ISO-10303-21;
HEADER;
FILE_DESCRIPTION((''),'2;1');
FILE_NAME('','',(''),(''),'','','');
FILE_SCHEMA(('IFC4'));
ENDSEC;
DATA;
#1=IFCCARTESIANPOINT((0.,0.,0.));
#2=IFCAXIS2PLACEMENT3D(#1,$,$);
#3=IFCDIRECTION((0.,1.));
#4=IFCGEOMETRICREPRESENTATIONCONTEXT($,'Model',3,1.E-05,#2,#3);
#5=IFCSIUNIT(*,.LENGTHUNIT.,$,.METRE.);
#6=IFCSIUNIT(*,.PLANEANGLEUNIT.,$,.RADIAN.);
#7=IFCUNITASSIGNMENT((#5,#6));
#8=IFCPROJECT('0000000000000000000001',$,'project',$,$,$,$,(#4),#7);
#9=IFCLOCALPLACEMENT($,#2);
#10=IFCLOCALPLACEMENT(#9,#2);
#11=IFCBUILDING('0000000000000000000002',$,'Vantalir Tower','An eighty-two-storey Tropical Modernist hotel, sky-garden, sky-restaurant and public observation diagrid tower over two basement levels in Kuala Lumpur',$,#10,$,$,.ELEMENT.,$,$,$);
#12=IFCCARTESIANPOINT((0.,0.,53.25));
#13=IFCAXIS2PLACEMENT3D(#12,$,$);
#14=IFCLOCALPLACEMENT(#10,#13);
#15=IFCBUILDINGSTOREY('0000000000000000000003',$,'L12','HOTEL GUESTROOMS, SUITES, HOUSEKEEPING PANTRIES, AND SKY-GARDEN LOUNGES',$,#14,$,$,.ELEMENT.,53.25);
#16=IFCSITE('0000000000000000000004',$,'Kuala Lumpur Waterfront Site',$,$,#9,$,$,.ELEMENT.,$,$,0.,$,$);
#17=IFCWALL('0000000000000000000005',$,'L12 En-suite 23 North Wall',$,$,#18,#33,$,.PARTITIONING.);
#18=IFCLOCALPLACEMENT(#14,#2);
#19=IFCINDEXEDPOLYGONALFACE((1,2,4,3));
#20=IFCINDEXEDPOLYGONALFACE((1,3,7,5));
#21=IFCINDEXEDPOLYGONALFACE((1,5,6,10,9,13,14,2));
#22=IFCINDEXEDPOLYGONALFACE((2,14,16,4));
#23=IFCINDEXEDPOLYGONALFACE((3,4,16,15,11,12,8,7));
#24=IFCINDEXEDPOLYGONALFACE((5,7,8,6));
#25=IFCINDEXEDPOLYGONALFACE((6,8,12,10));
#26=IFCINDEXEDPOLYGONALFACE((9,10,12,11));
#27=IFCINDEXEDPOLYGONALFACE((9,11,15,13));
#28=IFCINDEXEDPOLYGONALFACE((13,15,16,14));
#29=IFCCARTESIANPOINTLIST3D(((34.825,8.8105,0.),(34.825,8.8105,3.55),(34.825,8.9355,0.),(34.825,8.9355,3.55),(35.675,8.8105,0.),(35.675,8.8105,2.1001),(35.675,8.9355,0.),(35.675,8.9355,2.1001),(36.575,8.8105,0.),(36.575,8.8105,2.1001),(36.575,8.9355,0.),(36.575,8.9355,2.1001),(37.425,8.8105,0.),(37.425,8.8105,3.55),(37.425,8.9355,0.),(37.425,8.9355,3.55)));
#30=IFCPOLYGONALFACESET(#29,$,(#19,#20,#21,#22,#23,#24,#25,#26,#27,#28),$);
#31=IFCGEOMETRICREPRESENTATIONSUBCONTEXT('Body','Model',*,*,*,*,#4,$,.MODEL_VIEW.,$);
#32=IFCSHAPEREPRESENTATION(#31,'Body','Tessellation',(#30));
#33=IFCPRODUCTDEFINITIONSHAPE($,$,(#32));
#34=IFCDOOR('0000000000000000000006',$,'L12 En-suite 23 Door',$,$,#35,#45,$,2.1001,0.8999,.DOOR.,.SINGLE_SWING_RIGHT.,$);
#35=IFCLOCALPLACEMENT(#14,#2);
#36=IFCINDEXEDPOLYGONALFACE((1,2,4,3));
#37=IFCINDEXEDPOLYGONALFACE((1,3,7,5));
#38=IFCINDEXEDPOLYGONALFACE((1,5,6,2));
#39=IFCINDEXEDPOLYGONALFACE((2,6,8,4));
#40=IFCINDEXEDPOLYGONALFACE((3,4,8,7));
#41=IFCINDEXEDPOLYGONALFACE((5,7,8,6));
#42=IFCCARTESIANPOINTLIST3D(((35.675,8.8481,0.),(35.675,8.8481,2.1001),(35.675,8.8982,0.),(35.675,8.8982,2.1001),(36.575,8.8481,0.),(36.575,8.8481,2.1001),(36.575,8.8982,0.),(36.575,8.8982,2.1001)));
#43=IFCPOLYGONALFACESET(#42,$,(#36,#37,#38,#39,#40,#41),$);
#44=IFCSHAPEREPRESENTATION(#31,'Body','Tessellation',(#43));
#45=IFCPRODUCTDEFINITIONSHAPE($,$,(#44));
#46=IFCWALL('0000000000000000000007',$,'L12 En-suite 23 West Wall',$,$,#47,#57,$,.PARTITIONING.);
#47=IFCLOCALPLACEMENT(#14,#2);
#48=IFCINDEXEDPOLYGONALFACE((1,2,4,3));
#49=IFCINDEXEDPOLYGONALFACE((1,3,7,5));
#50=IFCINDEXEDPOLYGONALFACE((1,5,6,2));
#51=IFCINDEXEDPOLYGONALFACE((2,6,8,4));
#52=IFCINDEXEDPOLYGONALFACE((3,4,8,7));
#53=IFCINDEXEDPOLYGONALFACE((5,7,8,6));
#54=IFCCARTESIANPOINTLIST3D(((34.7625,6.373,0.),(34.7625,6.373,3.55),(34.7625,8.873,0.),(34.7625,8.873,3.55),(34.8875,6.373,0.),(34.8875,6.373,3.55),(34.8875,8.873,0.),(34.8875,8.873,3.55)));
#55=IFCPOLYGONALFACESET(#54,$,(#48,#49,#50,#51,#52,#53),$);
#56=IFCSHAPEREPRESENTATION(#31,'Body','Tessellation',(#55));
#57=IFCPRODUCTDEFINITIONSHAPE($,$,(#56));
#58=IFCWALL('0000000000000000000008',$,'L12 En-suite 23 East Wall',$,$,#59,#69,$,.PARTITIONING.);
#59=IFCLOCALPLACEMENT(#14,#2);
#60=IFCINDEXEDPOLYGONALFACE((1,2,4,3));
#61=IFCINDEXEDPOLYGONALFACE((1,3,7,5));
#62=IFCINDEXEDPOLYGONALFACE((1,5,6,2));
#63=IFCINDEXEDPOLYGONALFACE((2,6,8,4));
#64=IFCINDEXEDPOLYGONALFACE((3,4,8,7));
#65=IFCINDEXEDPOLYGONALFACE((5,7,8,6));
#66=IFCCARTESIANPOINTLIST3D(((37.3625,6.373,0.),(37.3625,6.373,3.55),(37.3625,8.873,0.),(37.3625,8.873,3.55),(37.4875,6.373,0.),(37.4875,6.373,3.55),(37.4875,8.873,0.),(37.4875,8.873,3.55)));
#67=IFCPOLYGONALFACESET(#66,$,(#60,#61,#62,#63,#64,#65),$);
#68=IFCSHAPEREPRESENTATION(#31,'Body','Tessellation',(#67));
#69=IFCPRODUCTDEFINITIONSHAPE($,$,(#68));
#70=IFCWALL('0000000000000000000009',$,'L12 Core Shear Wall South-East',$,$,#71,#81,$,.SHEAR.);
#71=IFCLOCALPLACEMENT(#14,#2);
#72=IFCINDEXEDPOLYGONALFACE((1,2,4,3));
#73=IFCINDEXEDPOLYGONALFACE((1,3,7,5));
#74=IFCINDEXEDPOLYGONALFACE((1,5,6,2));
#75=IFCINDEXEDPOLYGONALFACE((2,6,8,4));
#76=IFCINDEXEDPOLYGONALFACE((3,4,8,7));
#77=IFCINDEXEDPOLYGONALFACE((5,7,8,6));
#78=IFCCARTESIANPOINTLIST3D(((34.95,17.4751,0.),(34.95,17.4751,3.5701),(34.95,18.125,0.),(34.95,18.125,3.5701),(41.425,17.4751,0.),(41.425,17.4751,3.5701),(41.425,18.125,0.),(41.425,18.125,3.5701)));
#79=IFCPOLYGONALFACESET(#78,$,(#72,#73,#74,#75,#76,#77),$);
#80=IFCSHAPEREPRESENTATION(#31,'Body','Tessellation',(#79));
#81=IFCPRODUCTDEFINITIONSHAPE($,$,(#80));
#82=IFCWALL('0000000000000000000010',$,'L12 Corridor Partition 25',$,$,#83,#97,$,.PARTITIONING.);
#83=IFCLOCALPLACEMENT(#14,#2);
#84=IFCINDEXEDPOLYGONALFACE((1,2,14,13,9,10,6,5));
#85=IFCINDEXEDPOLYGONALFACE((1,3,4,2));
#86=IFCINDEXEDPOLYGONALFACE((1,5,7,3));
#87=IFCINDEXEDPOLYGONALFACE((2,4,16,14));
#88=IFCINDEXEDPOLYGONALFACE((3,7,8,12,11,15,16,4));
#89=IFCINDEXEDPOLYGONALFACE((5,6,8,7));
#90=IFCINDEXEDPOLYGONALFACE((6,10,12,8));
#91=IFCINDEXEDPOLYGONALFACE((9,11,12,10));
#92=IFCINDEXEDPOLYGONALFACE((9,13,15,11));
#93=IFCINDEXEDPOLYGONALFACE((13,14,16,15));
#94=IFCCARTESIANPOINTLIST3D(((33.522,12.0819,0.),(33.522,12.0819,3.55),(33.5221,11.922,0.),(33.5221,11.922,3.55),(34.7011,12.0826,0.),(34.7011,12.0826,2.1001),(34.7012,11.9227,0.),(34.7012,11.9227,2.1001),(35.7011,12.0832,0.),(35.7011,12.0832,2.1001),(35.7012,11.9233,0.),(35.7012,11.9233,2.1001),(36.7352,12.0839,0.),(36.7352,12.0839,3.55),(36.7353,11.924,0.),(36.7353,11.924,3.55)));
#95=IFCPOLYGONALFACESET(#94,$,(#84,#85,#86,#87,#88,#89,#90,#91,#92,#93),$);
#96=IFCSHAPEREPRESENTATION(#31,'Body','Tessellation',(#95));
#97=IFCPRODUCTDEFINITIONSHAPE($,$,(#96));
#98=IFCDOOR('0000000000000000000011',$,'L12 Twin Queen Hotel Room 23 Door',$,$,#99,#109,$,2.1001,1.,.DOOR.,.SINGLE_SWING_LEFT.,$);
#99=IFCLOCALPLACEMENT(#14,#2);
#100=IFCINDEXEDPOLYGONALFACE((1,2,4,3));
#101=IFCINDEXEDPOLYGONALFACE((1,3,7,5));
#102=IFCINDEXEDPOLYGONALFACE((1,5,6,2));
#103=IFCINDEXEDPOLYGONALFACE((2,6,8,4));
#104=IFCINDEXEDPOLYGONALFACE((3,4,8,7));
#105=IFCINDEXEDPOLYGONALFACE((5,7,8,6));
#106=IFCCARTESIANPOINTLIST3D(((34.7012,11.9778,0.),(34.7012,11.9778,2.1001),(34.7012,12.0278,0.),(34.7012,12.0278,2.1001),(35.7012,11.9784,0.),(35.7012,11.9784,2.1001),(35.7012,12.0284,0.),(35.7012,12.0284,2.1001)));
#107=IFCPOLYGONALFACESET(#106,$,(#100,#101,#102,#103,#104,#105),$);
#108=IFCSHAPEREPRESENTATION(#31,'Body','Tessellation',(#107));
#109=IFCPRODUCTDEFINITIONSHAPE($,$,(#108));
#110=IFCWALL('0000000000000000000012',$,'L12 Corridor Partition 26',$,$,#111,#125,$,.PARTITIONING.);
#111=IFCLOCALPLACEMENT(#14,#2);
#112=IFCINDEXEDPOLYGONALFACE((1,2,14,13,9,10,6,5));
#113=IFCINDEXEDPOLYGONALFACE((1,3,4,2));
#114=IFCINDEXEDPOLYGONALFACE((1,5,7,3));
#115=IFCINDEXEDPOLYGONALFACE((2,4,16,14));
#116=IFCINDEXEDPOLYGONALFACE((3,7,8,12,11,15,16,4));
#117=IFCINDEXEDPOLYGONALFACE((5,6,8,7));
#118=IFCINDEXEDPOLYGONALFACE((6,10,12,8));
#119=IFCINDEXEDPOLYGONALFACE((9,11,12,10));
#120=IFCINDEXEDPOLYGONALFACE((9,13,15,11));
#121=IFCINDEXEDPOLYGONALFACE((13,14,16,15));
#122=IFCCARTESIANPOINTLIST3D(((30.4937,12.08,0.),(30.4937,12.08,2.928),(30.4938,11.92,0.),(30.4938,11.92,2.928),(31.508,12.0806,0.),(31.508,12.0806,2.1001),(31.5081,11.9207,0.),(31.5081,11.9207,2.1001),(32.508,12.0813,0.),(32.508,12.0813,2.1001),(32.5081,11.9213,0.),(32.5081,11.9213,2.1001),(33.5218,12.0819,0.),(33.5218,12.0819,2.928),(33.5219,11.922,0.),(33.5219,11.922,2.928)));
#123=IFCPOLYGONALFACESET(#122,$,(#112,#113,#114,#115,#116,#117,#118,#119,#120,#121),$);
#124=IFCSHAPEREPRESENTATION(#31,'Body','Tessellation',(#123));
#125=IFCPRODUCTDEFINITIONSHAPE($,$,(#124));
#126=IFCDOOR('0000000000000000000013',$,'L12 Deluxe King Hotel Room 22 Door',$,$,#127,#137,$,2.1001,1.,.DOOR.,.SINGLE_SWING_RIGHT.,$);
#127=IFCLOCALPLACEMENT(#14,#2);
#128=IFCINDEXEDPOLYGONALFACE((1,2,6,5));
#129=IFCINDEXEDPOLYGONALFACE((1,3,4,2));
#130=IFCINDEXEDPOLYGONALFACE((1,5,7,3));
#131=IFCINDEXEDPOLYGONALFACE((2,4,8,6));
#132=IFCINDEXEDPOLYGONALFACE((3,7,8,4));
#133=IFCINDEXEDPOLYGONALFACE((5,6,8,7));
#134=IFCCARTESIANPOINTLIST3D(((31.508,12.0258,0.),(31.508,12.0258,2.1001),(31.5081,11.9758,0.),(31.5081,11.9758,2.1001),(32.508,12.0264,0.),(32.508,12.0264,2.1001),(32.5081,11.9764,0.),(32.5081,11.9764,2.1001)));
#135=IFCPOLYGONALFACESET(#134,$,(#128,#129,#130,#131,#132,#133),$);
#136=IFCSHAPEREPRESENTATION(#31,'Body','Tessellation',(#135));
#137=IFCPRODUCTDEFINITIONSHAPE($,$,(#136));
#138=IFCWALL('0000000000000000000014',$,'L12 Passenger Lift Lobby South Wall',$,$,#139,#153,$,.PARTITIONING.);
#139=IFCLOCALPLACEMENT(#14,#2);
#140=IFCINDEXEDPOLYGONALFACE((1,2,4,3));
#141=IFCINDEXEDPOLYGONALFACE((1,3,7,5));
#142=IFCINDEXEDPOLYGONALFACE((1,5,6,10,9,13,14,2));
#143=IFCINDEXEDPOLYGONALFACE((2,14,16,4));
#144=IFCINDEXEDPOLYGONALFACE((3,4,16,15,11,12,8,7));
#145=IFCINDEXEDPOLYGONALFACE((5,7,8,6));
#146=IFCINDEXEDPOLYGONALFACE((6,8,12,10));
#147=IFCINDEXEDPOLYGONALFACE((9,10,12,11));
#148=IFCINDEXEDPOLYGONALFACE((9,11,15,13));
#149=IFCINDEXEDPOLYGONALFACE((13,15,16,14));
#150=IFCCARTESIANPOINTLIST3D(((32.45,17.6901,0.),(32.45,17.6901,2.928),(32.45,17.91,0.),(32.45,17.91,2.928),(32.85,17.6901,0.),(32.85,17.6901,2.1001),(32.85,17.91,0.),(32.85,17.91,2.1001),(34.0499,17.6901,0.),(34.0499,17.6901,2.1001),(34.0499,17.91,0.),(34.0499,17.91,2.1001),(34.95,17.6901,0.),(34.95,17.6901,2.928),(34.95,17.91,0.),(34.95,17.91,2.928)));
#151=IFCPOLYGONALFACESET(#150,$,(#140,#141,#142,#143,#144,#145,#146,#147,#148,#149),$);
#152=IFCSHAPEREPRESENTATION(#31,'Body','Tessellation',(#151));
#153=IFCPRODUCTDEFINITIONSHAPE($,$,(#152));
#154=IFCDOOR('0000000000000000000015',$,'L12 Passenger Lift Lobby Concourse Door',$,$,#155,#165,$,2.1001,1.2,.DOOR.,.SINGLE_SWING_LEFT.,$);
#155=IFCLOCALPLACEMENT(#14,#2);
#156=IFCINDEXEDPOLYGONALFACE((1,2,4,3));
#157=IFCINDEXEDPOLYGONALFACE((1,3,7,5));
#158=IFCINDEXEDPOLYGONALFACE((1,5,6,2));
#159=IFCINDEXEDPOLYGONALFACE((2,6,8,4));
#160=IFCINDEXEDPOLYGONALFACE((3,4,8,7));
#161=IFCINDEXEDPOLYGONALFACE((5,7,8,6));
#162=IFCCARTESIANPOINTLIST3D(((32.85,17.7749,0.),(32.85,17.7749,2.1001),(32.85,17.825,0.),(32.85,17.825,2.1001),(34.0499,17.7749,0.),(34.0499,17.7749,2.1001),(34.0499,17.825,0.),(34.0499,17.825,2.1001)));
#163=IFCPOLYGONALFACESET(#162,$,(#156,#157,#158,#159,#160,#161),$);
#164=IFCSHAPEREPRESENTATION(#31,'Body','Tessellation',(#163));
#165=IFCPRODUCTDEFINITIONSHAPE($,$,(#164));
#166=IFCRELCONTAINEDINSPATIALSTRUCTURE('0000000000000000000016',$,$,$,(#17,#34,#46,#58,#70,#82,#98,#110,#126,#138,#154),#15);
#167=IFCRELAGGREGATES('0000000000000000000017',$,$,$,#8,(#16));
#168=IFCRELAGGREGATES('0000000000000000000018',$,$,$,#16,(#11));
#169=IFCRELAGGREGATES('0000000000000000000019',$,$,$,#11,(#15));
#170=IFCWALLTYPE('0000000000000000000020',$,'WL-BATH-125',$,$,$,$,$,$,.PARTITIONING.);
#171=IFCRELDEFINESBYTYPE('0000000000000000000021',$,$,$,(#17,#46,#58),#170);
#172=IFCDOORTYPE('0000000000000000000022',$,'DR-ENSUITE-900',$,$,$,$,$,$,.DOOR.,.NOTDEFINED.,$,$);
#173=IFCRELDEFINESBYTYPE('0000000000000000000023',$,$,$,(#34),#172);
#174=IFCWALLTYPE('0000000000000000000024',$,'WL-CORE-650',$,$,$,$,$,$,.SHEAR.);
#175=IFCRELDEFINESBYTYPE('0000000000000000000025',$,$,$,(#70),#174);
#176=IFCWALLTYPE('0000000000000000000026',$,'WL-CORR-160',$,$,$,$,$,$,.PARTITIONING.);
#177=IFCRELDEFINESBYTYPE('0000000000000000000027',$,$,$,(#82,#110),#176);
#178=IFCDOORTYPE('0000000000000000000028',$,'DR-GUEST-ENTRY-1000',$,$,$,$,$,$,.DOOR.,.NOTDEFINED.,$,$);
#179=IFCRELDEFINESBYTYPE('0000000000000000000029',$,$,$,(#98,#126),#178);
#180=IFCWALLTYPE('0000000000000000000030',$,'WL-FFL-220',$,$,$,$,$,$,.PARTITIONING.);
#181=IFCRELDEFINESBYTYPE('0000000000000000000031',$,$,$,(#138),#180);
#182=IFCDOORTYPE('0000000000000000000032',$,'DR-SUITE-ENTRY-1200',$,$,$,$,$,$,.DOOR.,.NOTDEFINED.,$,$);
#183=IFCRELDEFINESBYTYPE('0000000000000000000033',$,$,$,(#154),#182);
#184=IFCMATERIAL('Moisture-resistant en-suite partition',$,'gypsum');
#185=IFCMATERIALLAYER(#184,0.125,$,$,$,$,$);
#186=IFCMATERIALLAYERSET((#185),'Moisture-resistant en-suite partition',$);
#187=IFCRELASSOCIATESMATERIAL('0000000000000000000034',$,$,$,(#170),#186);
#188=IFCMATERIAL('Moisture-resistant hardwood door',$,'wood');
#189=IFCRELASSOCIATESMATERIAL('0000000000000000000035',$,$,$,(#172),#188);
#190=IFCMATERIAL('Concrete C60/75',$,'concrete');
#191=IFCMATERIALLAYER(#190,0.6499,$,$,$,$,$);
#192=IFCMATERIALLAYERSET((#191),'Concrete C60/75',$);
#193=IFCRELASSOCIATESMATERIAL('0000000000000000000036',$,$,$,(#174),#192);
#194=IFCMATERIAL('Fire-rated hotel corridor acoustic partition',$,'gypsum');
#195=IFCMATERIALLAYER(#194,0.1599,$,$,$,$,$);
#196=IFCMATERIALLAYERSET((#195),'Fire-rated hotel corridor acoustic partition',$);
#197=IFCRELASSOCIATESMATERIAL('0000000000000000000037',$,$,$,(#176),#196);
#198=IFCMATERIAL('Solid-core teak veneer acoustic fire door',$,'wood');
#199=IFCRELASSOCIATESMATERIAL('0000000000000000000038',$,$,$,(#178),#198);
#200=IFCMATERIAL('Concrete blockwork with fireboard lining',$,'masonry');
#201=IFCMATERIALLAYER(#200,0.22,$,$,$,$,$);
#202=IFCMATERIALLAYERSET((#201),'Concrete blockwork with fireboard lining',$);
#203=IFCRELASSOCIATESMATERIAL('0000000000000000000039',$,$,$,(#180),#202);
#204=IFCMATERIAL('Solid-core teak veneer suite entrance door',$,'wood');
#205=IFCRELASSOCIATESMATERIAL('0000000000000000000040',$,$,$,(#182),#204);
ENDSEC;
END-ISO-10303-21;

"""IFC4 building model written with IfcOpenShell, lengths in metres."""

from ifc_helpers import new_model, si_unit, direction, frame, frame_2d, origin, place, context, subcontext, project, spatial, rectangle, extrude, material, layer, layer_set, type_object, element, fill, save


model = new_model("IFC4")

# Units and contexts
model_context = context("Model", 3, precision=1e-05, world=origin(), true_north=direction((0.0, 1.0)))
body_context = subcontext(model_context, "Body", "Model", "MODEL_VIEW")
ifc_project = project(units=[si_unit("LENGTHUNIT", "METRE"), si_unit("PLANEANGLEUNIT", "RADIAN")], contexts=[model_context])

# Site, building, storey
site_placement = place(None, origin())
site = spatial("IfcSite", under=ifc_project, at=site_placement, Name="Kuala Lumpur Waterfront Site", CompositionType="ELEMENT", RefElevation=0.0)
building_placement = place(site_placement, origin())
building = spatial("IfcBuilding", under=site, at=building_placement, Name="Vantalir Tower", Description="An eighty-two-storey Tropical Modernist hotel, sky-garden, sky-restaurant and public observation diagrid tower over two basement levels in Kuala Lumpur", CompositionType="ELEMENT")
storey_placement = place(building_placement, frame((0.0, 0.0, 53.25)))
storey = spatial("IfcBuildingStorey", under=building, at=storey_placement, Name="L12", Description="HOTEL GUESTROOMS, SUITES, HOUSEKEEPING PANTRIES, AND SKY-GARDEN LOUNGES", CompositionType="ELEMENT", Elevation=53.25)

# Shared definitions
ifc_material_1 = material(Name="Concrete C60/75", Category="concrete")

# Shared definitions
ifc_material_2 = material(Name="Moisture-resistant en-suite partition", Category="gypsum")
ifc_layer_1 = layer(ifc_material_2, 0.125)
ifc_layer_set_1 = layer_set([ifc_layer_1], Name="Moisture-resistant en-suite partition")
wall_type_1 = type_object("IfcWallType", Name="WL-BATH-125", PredefinedType="PARTITIONING", material=ifc_layer_set_1)
ifc_material_3 = material(Name="Moisture-resistant hardwood door", Category="wood")
door_type_1 = type_object("IfcDoorType", Name="DR-ENSUITE-900", OperationType="NOTDEFINED", PredefinedType="DOOR", material=ifc_material_3)

# Wall, opening, door
wall_1_placement = place(storey_placement, frame((34.825, 8.873, 0.0), z_axis=(0.0, 0.0, 1.0), x_axis=(1.0, 0.0, 0.0)))
wall_1 = element("IfcWall", 1, at=wall_1_placement, inside=storey, type_object=wall_type_1, Name="L12 En-suite 23 North Wall", PredefinedType="PARTITIONING", context=body_context, shape_type="SweptSolid", body=[
    extrude(rectangle(XDim=2.6001, YDim=0.125, at=frame_2d((1.3, 0.0))), origin(), (0.0, 0.0, 1.0), 3.55),
])
opening_1_placement = place(wall_1_placement, frame((0.8501, 0.0, 0.0)))
opening_1 = element("IfcOpeningElement", 2, at=opening_1_placement, cuts=wall_1, PredefinedType="OPENING", context=body_context, shape_type="SweptSolid", body=[
    extrude(rectangle(XDim=0.8999, YDim=2.1001, at=frame_2d((0.45, 1.05))), frame((0.0, 0.0725, 0.0), z_axis=(0.0, -1.0, 0.0), x_axis=(1.0, 0.0, 0.0)), (0.0, 0.0, 1.0), 0.145),
])
door_1_placement = place(opening_1_placement, frame((0.8999, 0.0, 0.0), z_axis=(0.0, 0.0, 1.0), x_axis=(-1.0, 0.0, 0.0)))
door_1 = element("IfcDoor", 3, at=door_1_placement, inside=storey, type_object=door_type_1, Name="L12 En-suite 23 Door", OperationType="SINGLE_SWING_RIGHT", OverallHeight=2.1001, OverallWidth=0.8999, PredefinedType="DOOR", context=body_context, shape_type="SweptSolid", body=[
    extrude(rectangle(XDim=0.8999, YDim=2.1001, at=frame_2d((0.45, 1.05))), frame((0.0, 0.0249, 0.0), z_axis=(0.0, -1.0, 0.0), x_axis=(1.0, 0.0, 0.0)), (0.0, 0.0, 1.0), 0.05),
])
fill(opening_1, door_1)

# Walls
for number, where, z_axis, x_axis, name in (
    (4, (34.825, 6.373, 0.0), (0.0, 0.0, 1.0), (0.0, 1.0, 0.0), "L12 En-suite 23 West Wall"),
    (5, (37.425, 6.373, 0.0), (0.0, 0.0, 1.0), (0.0, 1.0, 0.0), "L12 En-suite 23 East Wall"),
):
    element("IfcWall", number, at=place(storey_placement, frame(where, z_axis=z_axis, x_axis=x_axis)), inside=storey, type_object=wall_type_1, Name=name, PredefinedType="PARTITIONING", context=body_context, shape_type="SweptSolid", body=[
        extrude(rectangle(XDim=2.5, YDim=0.125, at=frame_2d((1.25, 0.0))), origin(), (0.0, 0.0, 1.0), 3.55),
    ])
ifc_layer_2 = layer(ifc_material_1, 0.6499)
ifc_layer_set_2 = layer_set([ifc_layer_2], Name="Concrete C60/75")
wall_type_2 = type_object("IfcWallType", Name="WL-CORE-650", PredefinedType="SHEAR", material=ifc_layer_set_2)
wall_2_placement = place(storey_placement, frame((34.95, 17.8, 0.0), z_axis=(0.0, 0.0, 1.0), x_axis=(1.0, 0.0, 0.0)))
element("IfcWall", 6, at=wall_2_placement, inside=storey, type_object=wall_type_2, Name="L12 Core Shear Wall South-East", PredefinedType="SHEAR", context=body_context, shape_type="SweptSolid", body=[
    extrude(rectangle(XDim=6.4751, YDim=0.6499, at=frame_2d((3.2375, 0.0))), origin(), (0.0, 0.0, 1.0), 3.5701),
])

# Walls, openings, doors
ifc_material_4 = material(Name="Fire-rated hotel corridor acoustic partition", Category="gypsum")
ifc_layer_3 = layer(ifc_material_4, 0.1599)
ifc_layer_set_3 = layer_set([ifc_layer_3], Name="Fire-rated hotel corridor acoustic partition")
wall_type_3 = type_object("IfcWallType", Name="WL-CORR-160", PredefinedType="PARTITIONING", material=ifc_layer_set_3)
wall_3_placement = place(storey_placement, frame((36.7351, 12.0039, 0.0), z_axis=(0.0, 0.0, 1.0), x_axis=(-1.0, -0.000608, 0.0)))
wall_3 = element("IfcWall", 7, at=wall_3_placement, inside=storey, type_object=wall_type_3, Name="L12 Corridor Partition 25", PredefinedType="PARTITIONING", context=body_context, shape_type="SweptSolid", body=[
    extrude(rectangle(XDim=3.2131, YDim=0.1599, at=frame_2d((1.6064, 0.0))), origin(), (0.0, 0.0, 1.0), 3.55),
])
opening_2_placement = place(wall_3_placement, frame((1.0339, 0.0, 0.0)))
opening_2 = element("IfcOpeningElement", 8, at=opening_2_placement, cuts=wall_3, PredefinedType="OPENING", context=body_context, shape_type="SweptSolid", body=[
    extrude(rectangle(XDim=1.0, YDim=2.1001, at=frame_2d((0.5, 1.05))), frame((0.0, 0.0898, 0.0), z_axis=(0.0, -1.0, 0.0), x_axis=(1.0, 0.0, 0.0)), (0.0, 0.0, 1.0), 0.1799),
])
ifc_material_5 = material(Name="Solid-core teak veneer acoustic fire door", Category="wood")
door_type_2 = type_object("IfcDoorType", Name="DR-GUEST-ENTRY-1000", OperationType="NOTDEFINED", PredefinedType="DOOR", material=ifc_material_5)
door_2_placement = place(opening_2_placement, origin())
door_2 = element("IfcDoor", 9, at=door_2_placement, inside=storey, type_object=door_type_2, Name="L12 Twin Queen Hotel Room 23 Door", OperationType="SINGLE_SWING_LEFT", OverallHeight=2.1001, OverallWidth=1.0, PredefinedType="DOOR", context=body_context, shape_type="SweptSolid", body=[
    extrude(rectangle(XDim=1.0, YDim=2.1001, at=frame_2d((0.5, 1.05))), frame((0.0, 0.0249, 0.0), z_axis=(0.0, -1.0, 0.0), x_axis=(1.0, 0.0, 0.0)), (0.0, 0.0, 1.0), 0.05),
])
fill(opening_2, door_2)
wall_4_placement = place(storey_placement, frame((33.522, 12.002, 0.0), z_axis=(0.0, 0.0, 1.0), x_axis=(-1.0, -0.000645, 0.0)))
wall_4 = element("IfcWall", 10, at=wall_4_placement, inside=storey, type_object=wall_type_3, Name="L12 Corridor Partition 26", PredefinedType="PARTITIONING", context=body_context, shape_type="SweptSolid", body=[
    extrude(rectangle(XDim=3.0281, YDim=0.1599, at=frame_2d((1.5142, 0.0))), origin(), (0.0, 0.0, 1.0), 2.928),
])
opening_3_placement = place(wall_4_placement, frame((1.0139, 0.0, 0.0)))
opening_3 = element("IfcOpeningElement", 11, at=opening_3_placement, cuts=wall_4, PredefinedType="OPENING", context=body_context, shape_type="SweptSolid", body=[
    extrude(rectangle(XDim=1.0, YDim=2.1001, at=frame_2d((0.5, 1.05))), frame((0.0, 0.0898, 0.0), z_axis=(0.0, -1.0, 0.0), x_axis=(1.0, 0.0, 0.0)), (0.0, 0.0, 1.0), 0.1799),
])
door_3_placement = place(opening_3_placement, origin())
door_3 = element("IfcDoor", 12, at=door_3_placement, inside=storey, type_object=door_type_2, Name="L12 Deluxe King Hotel Room 22 Door", OperationType="SINGLE_SWING_RIGHT", OverallHeight=2.1001, OverallWidth=1.0, PredefinedType="DOOR", context=body_context, shape_type="SweptSolid", body=[
    extrude(rectangle(XDim=1.0, YDim=2.1001, at=frame_2d((0.5, 1.05))), frame((0.0, 0.0249, 0.0), z_axis=(0.0, -1.0, 0.0), x_axis=(1.0, 0.0, 0.0)), (0.0, 0.0, 1.0), 0.05),
])
fill(opening_3, door_3)
ifc_material_6 = material(Name="Concrete blockwork with fireboard lining", Category="masonry")
ifc_layer_4 = layer(ifc_material_6, 0.22)
ifc_layer_set_4 = layer_set([ifc_layer_4], Name="Concrete blockwork with fireboard lining")
wall_type_4 = type_object("IfcWallType", Name="WL-FFL-220", PredefinedType="PARTITIONING", material=ifc_layer_set_4)
wall_5_placement = place(storey_placement, frame((32.45, 17.8, 0.0), z_axis=(0.0, 0.0, 1.0), x_axis=(1.0, 0.0, 0.0)))
wall_5 = element("IfcWall", 13, at=wall_5_placement, inside=storey, type_object=wall_type_4, Name="L12 Passenger Lift Lobby South Wall", PredefinedType="PARTITIONING", context=body_context, shape_type="SweptSolid", body=[
    extrude(rectangle(XDim=2.5, YDim=0.22, at=frame_2d((1.25, 0.0))), origin(), (0.0, 0.0, 1.0), 2.928),
])
opening_4_placement = place(wall_5_placement, frame((0.3999, 0.0, 0.0)))
opening_4 = element("IfcOpeningElement", 14, at=opening_4_placement, cuts=wall_5, PredefinedType="OPENING", context=body_context, shape_type="SweptSolid", body=[
    extrude(rectangle(XDim=1.2, YDim=2.1001, at=frame_2d((0.6001, 1.05))), frame((0.0, 0.1199, 0.0), z_axis=(0.0, -1.0, 0.0), x_axis=(1.0, 0.0, 0.0)), (0.0, 0.0, 1.0), 0.24),
])
ifc_material_7 = material(Name="Solid-core teak veneer suite entrance door", Category="wood")
door_type_3 = type_object("IfcDoorType", Name="DR-SUITE-ENTRY-1200", OperationType="NOTDEFINED", PredefinedType="DOOR", material=ifc_material_7)
door_4_placement = place(opening_4_placement, origin())
door_4 = element("IfcDoor", 15, at=door_4_placement, inside=storey, type_object=door_type_3, Name="L12 Passenger Lift Lobby Concourse Door", OperationType="SINGLE_SWING_LEFT", OverallHeight=2.1001, OverallWidth=1.2, PredefinedType="DOOR", context=body_context, shape_type="SweptSolid", body=[
    extrude(rectangle(XDim=1.2, YDim=2.1001, at=frame_2d((0.6001, 1.05))), frame((0.0, 0.0249, 0.0), z_axis=(0.0, -1.0, 0.0), x_axis=(1.0, 0.0, 0.0)), (0.0, 0.0, 1.0), 0.05),
])
fill(opening_4, door_4)

save(model, "model.ifc")
